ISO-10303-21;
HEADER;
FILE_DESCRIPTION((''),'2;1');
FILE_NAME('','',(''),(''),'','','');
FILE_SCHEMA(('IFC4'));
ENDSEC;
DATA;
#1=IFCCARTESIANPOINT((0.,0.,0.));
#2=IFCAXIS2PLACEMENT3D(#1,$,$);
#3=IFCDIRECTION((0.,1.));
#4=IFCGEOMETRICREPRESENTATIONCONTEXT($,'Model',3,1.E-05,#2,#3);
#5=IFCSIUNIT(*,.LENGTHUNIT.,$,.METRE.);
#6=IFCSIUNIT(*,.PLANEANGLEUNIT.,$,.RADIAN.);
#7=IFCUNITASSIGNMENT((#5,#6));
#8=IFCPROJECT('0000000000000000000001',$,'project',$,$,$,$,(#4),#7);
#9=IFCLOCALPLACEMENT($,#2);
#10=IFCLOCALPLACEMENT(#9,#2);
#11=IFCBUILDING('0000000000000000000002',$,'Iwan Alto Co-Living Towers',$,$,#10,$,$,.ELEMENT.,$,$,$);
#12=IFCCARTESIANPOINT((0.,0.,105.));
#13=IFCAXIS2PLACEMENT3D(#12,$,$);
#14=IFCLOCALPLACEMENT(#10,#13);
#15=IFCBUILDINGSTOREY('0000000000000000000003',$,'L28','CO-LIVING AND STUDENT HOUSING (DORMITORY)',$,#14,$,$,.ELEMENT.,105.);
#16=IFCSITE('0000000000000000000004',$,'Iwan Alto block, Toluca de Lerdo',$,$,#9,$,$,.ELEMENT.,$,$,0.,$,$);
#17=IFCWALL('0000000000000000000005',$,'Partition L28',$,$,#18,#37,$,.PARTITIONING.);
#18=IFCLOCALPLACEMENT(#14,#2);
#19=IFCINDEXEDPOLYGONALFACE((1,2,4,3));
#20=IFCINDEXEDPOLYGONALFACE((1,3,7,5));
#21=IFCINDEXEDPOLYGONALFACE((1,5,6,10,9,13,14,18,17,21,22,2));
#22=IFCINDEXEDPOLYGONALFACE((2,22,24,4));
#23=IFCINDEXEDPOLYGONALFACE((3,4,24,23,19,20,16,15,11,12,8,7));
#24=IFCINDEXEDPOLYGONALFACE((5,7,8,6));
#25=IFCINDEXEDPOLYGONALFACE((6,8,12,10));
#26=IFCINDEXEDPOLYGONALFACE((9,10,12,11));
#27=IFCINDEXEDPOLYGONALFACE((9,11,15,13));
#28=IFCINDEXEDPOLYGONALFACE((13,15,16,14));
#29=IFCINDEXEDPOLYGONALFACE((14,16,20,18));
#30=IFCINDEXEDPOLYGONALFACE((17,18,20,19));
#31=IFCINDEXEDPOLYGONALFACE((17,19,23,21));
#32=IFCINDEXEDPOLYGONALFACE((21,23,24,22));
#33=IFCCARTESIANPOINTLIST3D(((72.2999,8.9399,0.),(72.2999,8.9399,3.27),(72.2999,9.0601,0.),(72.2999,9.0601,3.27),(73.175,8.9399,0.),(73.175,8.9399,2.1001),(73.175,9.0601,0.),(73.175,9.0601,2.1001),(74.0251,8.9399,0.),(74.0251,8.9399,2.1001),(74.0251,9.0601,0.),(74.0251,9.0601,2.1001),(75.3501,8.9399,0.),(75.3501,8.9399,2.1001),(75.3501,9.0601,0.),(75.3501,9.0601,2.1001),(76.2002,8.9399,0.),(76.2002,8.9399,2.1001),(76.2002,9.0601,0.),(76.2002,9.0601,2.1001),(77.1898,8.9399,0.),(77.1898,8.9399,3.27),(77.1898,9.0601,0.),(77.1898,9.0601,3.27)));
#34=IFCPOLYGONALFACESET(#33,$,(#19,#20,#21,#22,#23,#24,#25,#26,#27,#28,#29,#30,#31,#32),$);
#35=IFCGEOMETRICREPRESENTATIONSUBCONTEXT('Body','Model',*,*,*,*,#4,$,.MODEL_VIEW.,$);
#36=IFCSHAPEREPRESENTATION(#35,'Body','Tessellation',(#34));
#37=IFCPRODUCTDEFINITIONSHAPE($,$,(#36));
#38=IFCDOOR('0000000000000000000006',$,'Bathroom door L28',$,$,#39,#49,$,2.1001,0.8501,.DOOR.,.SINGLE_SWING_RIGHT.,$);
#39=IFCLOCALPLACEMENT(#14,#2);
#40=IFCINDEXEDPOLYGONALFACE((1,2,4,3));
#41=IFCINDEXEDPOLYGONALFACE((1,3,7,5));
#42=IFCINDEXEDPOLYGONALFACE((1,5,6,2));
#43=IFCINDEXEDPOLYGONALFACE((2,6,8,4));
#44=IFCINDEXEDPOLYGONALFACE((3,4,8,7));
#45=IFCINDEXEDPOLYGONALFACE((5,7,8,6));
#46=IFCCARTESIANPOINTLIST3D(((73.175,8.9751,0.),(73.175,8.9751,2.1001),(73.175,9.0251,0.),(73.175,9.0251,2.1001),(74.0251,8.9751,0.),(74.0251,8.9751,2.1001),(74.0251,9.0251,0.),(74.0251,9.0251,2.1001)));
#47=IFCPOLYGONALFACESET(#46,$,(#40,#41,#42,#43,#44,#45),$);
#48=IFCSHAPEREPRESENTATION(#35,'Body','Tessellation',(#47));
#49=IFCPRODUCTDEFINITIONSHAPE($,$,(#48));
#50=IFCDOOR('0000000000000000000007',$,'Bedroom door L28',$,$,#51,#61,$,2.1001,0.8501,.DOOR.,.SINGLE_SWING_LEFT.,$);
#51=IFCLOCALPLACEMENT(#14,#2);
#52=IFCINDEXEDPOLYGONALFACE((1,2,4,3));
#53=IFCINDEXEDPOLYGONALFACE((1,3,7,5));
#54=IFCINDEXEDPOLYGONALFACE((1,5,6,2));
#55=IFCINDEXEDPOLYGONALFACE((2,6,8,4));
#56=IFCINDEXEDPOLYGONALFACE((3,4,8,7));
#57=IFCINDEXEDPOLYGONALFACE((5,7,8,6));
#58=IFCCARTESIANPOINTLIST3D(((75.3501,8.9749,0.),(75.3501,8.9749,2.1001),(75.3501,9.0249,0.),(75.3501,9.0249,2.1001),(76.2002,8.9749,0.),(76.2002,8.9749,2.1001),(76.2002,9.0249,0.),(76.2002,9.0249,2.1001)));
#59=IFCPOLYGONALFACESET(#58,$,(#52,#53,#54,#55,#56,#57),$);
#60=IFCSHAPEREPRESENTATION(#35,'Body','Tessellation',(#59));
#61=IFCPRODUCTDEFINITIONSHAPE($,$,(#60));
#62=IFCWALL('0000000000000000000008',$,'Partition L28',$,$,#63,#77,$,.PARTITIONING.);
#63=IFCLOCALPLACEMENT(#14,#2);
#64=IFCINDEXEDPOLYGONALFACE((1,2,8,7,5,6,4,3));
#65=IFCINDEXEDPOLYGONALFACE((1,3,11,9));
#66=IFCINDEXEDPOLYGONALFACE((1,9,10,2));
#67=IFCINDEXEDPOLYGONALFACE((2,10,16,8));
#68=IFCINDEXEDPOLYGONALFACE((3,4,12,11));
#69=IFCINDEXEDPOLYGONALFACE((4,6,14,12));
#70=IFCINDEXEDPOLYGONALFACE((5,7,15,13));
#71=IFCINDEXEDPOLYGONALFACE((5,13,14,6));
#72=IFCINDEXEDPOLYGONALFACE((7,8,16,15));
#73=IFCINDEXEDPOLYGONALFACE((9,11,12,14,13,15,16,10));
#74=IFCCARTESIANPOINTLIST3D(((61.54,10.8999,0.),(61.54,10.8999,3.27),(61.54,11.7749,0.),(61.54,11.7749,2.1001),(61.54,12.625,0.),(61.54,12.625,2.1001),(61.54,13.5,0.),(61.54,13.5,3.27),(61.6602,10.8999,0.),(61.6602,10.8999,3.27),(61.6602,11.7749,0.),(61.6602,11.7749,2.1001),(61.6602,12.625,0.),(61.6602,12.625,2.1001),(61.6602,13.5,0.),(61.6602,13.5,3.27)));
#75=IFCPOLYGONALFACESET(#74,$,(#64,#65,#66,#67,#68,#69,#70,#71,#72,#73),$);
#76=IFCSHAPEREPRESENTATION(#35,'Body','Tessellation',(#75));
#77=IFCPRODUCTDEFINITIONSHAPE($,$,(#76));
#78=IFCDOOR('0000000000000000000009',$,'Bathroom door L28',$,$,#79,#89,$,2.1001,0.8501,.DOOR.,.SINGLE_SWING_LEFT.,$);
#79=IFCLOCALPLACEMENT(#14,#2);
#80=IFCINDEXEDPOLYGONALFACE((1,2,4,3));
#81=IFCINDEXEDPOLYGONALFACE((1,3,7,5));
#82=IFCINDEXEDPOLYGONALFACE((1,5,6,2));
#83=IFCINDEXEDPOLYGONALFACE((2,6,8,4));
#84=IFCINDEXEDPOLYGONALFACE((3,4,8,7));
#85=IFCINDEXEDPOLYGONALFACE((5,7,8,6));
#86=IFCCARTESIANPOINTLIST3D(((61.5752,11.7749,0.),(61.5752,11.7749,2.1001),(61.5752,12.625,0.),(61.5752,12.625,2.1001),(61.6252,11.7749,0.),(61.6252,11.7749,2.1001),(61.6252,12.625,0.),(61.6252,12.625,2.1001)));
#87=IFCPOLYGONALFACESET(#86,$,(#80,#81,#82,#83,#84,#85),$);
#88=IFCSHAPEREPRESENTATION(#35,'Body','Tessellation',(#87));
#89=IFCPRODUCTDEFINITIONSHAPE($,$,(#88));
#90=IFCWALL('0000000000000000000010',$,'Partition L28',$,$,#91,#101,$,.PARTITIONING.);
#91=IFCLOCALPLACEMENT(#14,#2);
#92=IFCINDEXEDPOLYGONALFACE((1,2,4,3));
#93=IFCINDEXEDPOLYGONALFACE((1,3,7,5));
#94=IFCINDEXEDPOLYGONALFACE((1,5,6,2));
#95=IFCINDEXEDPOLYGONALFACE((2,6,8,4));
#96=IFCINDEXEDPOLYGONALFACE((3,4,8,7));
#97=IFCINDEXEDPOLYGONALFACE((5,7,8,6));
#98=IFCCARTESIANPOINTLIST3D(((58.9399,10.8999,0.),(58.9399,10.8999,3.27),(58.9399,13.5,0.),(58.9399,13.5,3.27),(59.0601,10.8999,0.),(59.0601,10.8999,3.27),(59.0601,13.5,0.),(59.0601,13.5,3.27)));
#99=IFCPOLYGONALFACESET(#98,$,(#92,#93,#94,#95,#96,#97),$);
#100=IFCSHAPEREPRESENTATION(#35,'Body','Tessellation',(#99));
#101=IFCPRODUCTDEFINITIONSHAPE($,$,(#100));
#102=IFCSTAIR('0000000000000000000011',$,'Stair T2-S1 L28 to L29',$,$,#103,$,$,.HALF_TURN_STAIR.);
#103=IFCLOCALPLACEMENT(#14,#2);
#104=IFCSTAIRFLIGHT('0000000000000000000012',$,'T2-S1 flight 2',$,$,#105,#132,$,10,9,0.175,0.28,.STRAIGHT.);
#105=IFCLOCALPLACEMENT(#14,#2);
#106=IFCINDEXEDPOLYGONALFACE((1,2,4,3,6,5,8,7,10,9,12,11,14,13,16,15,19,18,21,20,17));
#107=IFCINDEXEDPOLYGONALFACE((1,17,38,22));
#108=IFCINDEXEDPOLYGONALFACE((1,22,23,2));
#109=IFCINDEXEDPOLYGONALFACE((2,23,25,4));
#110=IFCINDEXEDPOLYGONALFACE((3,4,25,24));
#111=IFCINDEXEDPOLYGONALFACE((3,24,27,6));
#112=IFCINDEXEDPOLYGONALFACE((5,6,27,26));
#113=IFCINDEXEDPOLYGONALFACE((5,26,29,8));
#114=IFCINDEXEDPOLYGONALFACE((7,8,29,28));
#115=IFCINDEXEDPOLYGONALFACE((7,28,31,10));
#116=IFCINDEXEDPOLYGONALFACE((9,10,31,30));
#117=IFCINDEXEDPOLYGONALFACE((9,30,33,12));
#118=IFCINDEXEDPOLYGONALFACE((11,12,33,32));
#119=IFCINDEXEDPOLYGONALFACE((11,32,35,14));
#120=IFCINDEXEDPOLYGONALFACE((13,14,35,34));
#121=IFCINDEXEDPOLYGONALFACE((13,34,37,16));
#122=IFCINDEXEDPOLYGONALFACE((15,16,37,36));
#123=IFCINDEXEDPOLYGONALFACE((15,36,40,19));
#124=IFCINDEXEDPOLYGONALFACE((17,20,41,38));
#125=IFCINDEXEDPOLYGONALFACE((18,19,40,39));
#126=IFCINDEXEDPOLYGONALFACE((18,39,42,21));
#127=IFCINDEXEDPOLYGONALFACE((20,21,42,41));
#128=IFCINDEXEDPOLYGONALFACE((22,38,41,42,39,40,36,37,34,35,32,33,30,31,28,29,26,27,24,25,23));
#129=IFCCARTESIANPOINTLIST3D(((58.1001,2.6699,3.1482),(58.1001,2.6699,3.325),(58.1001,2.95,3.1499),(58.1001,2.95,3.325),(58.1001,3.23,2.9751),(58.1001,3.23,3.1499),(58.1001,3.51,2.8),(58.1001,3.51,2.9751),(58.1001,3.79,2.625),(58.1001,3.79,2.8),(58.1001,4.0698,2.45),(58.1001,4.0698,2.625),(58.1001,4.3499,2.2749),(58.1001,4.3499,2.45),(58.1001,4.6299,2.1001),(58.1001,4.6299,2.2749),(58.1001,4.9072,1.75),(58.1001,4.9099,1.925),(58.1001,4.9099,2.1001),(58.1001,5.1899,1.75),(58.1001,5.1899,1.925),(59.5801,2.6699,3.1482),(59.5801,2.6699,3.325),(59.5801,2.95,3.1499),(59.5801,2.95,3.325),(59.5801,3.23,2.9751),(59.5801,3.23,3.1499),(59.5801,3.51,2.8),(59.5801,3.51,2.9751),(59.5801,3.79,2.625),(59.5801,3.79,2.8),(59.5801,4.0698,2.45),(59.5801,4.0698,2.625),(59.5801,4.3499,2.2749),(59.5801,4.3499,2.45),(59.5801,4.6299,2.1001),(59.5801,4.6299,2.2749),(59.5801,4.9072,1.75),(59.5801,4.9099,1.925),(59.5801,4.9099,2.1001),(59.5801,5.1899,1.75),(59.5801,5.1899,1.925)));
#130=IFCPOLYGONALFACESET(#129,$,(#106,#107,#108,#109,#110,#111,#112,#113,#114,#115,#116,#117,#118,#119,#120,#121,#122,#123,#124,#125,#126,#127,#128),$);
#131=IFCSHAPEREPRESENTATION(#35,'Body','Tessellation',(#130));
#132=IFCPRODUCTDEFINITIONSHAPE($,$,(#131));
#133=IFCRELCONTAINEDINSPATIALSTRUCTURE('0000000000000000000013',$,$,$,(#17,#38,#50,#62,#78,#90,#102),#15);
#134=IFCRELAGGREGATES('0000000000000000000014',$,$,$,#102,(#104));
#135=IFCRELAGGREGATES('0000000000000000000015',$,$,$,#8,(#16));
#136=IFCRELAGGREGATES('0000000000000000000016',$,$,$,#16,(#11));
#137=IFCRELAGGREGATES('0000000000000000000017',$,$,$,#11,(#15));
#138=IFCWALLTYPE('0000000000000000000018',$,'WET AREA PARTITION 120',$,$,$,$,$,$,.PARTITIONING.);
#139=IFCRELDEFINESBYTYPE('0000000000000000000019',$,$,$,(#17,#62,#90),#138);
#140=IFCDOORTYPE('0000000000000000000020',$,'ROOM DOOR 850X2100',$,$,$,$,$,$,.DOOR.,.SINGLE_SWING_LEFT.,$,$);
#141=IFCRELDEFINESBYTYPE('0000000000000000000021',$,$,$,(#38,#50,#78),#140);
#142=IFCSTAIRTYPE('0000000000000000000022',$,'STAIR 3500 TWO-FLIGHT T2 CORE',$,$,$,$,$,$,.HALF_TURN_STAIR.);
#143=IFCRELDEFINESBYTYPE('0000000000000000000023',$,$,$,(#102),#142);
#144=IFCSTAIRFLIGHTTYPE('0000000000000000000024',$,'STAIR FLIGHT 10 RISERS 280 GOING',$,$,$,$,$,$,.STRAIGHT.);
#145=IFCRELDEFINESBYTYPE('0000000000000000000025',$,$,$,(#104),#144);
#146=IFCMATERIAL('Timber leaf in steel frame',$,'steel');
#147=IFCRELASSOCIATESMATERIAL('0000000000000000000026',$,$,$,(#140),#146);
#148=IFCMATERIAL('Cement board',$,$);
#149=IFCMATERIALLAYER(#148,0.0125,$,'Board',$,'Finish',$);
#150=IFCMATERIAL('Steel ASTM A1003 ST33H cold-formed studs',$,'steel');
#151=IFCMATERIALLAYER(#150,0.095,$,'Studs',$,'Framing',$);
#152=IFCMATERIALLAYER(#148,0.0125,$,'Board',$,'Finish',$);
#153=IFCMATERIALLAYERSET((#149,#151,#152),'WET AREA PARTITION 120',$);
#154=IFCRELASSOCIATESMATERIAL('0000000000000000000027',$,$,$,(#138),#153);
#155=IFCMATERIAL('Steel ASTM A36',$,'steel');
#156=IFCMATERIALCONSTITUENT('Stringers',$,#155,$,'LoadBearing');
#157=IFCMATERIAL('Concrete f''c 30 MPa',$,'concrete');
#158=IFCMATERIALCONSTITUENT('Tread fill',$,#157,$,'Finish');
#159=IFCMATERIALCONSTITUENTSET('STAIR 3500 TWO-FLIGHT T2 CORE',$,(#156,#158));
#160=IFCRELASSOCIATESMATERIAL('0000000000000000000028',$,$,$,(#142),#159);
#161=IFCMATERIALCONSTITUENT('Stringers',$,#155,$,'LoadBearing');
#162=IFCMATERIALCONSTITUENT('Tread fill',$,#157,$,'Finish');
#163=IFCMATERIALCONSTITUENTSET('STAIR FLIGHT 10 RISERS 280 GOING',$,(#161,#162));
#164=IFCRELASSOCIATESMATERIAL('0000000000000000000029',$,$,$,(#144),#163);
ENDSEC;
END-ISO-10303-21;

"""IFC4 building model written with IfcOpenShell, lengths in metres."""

from ifc_helpers import new_model, si_unit, direction, frame, frame_2d, origin, place, context, subcontext, project, spatial, polyline, rectangle, outline, extrude, material, layer, layer_set, constituent, constituent_set, type_object, element, fill, aggregate, save


model = new_model("IFC4")

# Units and contexts
model_context = context("Model", 3, precision=1e-05, world=origin(), true_north=direction((0.0, 1.0)))
body_context = subcontext(model_context, "Body", "Model", "MODEL_VIEW")
ifc_project = project(units=[si_unit("LENGTHUNIT", "METRE"), si_unit("PLANEANGLEUNIT", "RADIAN")], contexts=[model_context])

# Site, building, storey
site_placement = place(None, origin())
site = spatial("IfcSite", under=ifc_project, at=site_placement, Name="Iwan Alto block, Toluca de Lerdo", CompositionType="ELEMENT", RefElevation=0.0)
building_placement = place(site_placement, origin())
building = spatial("IfcBuilding", under=site, at=building_placement, Name="Iwan Alto Co-Living Towers", CompositionType="ELEMENT")
storey_placement = place(building_placement, frame((0.0, 0.0, 105.0)))
storey = spatial("IfcBuildingStorey", under=building, at=storey_placement, Name="L28", Description="CO-LIVING AND STUDENT HOUSING (DORMITORY)", CompositionType="ELEMENT", Elevation=105.0)

# Shared definitions
ifc_material_1 = material(Name="Steel ASTM A1003 ST33H cold-formed studs", Category="steel")

# Shared definitions
ifc_material_2 = material(Name="Timber leaf in steel frame", Category="steel")
door_type_1 = type_object("IfcDoorType", Name="ROOM DOOR 850X2100", OperationType="SINGLE_SWING_LEFT", PredefinedType="DOOR", material=ifc_material_2)

# Wall, openings, doors
ifc_material_3 = material(Name="Cement board")
ifc_layer_1 = layer(ifc_material_3, 0.0125, Name="Board", Category="Finish")
ifc_layer_2 = layer(ifc_material_1, 0.095, Name="Studs", Category="Framing")
ifc_layer_3 = layer(ifc_material_3, 0.0125, Name="Board", Category="Finish")
ifc_layer_set_1 = layer_set([ifc_layer_1, ifc_layer_2, ifc_layer_3], Name="WET AREA PARTITION 120")
wall_type_1 = type_object("IfcWallType", Name="WET AREA PARTITION 120", PredefinedType="PARTITIONING", material=ifc_layer_set_1)
wall_1_placement = place(storey_placement, frame((72.3, 9.0, 0.0), z_axis=(0.0, 0.0, 1.0), x_axis=(1.0, 0.0, 0.0)))
wall_1 = element("IfcWall", 1, at=wall_1_placement, inside=storey, type_object=wall_type_1, Name="Partition L28", PredefinedType="PARTITIONING", context=body_context, shape_type="SweptSolid", body=[
    extrude(rectangle(XDim=4.8899, YDim=0.1201, at=frame_2d((2.4448, 0.0))), origin(), (0.0, 0.0, 1.0), 3.27),
])
opening_1_placement = place(wall_1_placement, frame((0.875, 0.0, 0.0)))
opening_1 = element("IfcOpeningElement", 2, at=opening_1_placement, cuts=wall_1, PredefinedType="OPENING", context=body_context, shape_type="SweptSolid", body=[
    extrude(rectangle(XDim=0.8501, YDim=2.1001, at=frame_2d((0.425, 1.05))), frame((0.0, 0.0701, 0.0), z_axis=(0.0, -1.0, 0.0), x_axis=(1.0, 0.0, 0.0)), (0.0, 0.0, 1.0), 0.1401),
])
opening_2_placement = place(wall_1_placement, frame((3.05, 0.0, 0.0)))
opening_2 = element("IfcOpeningElement", 3, at=opening_2_placement, cuts=wall_1, PredefinedType="OPENING", context=body_context, shape_type="SweptSolid", body=[
    extrude(rectangle(XDim=0.8501, YDim=2.1001, at=frame_2d((0.425, 1.05))), frame((0.0, 0.0701, 0.0), z_axis=(0.0, -1.0, 0.0), x_axis=(1.0, 0.0, 0.0)), (0.0, 0.0, 1.0), 0.1401),
])
door_1_placement = place(opening_1_placement, frame((0.8501, 0.0, 0.0), z_axis=(0.0, 0.0, 1.0), x_axis=(-1.0, 0.0, 0.0)))
door_1 = element("IfcDoor", 4, at=door_1_placement, inside=storey, type_object=door_type_1, Name="Bathroom door L28", OperationType="SINGLE_SWING_RIGHT", OverallHeight=2.1001, OverallWidth=0.8501, PredefinedType="DOOR", context=body_context, shape_type="SweptSolid", body=[
    extrude(rectangle(XDim=0.8501, YDim=2.1001, at=frame_2d((0.425, 1.05))), frame((0.0, 0.0249, 0.0), z_axis=(0.0, -1.0, 0.0), x_axis=(1.0, 0.0, 0.0)), (0.0, 0.0, 1.0), 0.05),
])
fill(opening_1, door_1)
door_2_placement = place(opening_2_placement, origin())
door_2 = element("IfcDoor", 5, at=door_2_placement, inside=storey, type_object=door_type_1, Name="Bedroom door L28", OperationType="SINGLE_SWING_LEFT", OverallHeight=2.1001, OverallWidth=0.8501, PredefinedType="DOOR", context=body_context, shape_type="SweptSolid", body=[
    extrude(rectangle(XDim=0.8501, YDim=2.1001, at=frame_2d((0.425, 1.05))), frame((0.0, 0.0249, 0.0), z_axis=(0.0, -1.0, 0.0), x_axis=(1.0, 0.0, 0.0)), (0.0, 0.0, 1.0), 0.05),
])
fill(opening_2, door_2)

# Wall, opening, door
wall_2_placement = place(storey_placement, frame((61.6001, 10.8999, 0.0), z_axis=(0.0, 0.0, 1.0), x_axis=(0.0, 1.0, 0.0)))
wall_2 = element("IfcWall", 6, at=wall_2_placement, inside=storey, type_object=wall_type_1, Name="Partition L28", PredefinedType="PARTITIONING", context=body_context, shape_type="SweptSolid", body=[
    extrude(rectangle(XDim=2.6001, YDim=0.1201, at=frame_2d((1.3, 0.0))), origin(), (0.0, 0.0, 1.0), 3.27),
])
opening_3_placement = place(wall_2_placement, frame((0.875, 0.0, 0.0)))
opening_3 = element("IfcOpeningElement", 7, at=opening_3_placement, cuts=wall_2, PredefinedType="OPENING", context=body_context, shape_type="SweptSolid", body=[
    extrude(rectangle(XDim=0.8501, YDim=2.1001, at=frame_2d((0.425, 1.05))), frame((0.0, 0.0701, 0.0), z_axis=(0.0, -1.0, 0.0), x_axis=(1.0, 0.0, 0.0)), (0.0, 0.0, 1.0), 0.1401),
])
door_3_placement = place(opening_3_placement, origin())
door_3 = element("IfcDoor", 8, at=door_3_placement, inside=storey, type_object=door_type_1, Name="Bathroom door L28", OperationType="SINGLE_SWING_LEFT", OverallHeight=2.1001, OverallWidth=0.8501, PredefinedType="DOOR", context=body_context, shape_type="SweptSolid", body=[
    extrude(rectangle(XDim=0.8501, YDim=2.1001, at=frame_2d((0.425, 1.05))), frame((0.0, 0.0249, 0.0), z_axis=(0.0, -1.0, 0.0), x_axis=(1.0, 0.0, 0.0)), (0.0, 0.0, 1.0), 0.05),
])
fill(opening_3, door_3)

# Wall
wall_3_placement = place(storey_placement, frame((59.0, 10.8999, 0.0), z_axis=(0.0, 0.0, 1.0), x_axis=(0.0, 1.0, 0.0)))
element("IfcWall", 9, at=wall_3_placement, inside=storey, type_object=wall_type_1, Name="Partition L28", PredefinedType="PARTITIONING", context=body_context, shape_type="SweptSolid", body=[
    extrude(rectangle(XDim=2.6001, YDim=0.1201, at=frame_2d((1.3, 0.0))), origin(), (0.0, 0.0, 1.0), 3.27),
])

# Stair, stair flight
ifc_material_4 = material(Name="Steel ASTM A36", Category="steel")
ifc_constituent_1 = constituent(ifc_material_4, Name="Stringers", Category="LoadBearing")
ifc_material_5 = material(Name="Concrete f'c 30 MPa", Category="concrete")
ifc_constituent_2 = constituent(ifc_material_5, Name="Tread fill", Category="Finish")
ifc_constituent_set_1 = constituent_set(constituents=[ifc_constituent_1, ifc_constituent_2], Name="STAIR 3500 TWO-FLIGHT T2 CORE")
stair_type = type_object("IfcStairType", Name="STAIR 3500 TWO-FLIGHT T2 CORE", PredefinedType="HALF_TURN_STAIR", material=ifc_constituent_set_1)
stair_placement = place(storey_placement, origin())
stair = element("IfcStair", 10, at=stair_placement, inside=storey, type_object=stair_type, Name="Stair T2-S1 L28 to L29", PredefinedType="HALF_TURN_STAIR")
ifc_constituent_3 = constituent(ifc_material_4, Name="Stringers", Category="LoadBearing")
ifc_constituent_4 = constituent(ifc_material_5, Name="Tread fill", Category="Finish")
ifc_constituent_set_2 = constituent_set(constituents=[ifc_constituent_3, ifc_constituent_4], Name="STAIR FLIGHT 10 RISERS 280 GOING")
stair_flight_type = type_object("IfcStairFlightType", Name="STAIR FLIGHT 10 RISERS 280 GOING", PredefinedType="STRAIGHT", material=ifc_constituent_set_2)
stair_flight_placement = place(storey_placement, frame((58.8401, 5.1899, 1.75), z_axis=(0.0, 0.0, 1.0), x_axis=(0.0, -1.0, 0.0)))
stair_flight = element("IfcStairFlight", 11, at=stair_flight_placement, type_object=stair_flight_type, Name="T2-S1 flight 2", NumberOfRisers=10, NumberOfTreads=9, PredefinedType="STRAIGHT", RiserHeight=0.175, TreadLength=0.28, context=body_context, shape_type="SweptSolid", body=[
    extrude(outline(polyline([(0.0, 0.0), (0.0, 0.175), (0.28, 0.175), (0.28, 0.3501), (0.5601, 0.3501), (0.5601, 0.5249), (0.8401, 0.5249), (0.8401, 0.7), (1.1201, 0.7), (1.1201, 0.875), (1.3999, 0.875), (1.3999, 1.05), (1.6799, 1.05), (1.6799, 1.2251), (1.96, 1.2251), (1.96, 1.3999), (2.24, 1.3999), (2.24, 1.575), (2.52, 1.575), (2.52, 1.75), (2.52, 1.3982), (0.2827, 0.0), (0.0, 0.0)])), frame((0.0, 0.74, 0.0), z_axis=(0.0, -1.0, 0.0), x_axis=(1.0, 0.0, 0.0)), (0.0, 0.0, 1.0), 1.48),
])
aggregate(stair, [stair_flight])

save(model, "model.ifc")
